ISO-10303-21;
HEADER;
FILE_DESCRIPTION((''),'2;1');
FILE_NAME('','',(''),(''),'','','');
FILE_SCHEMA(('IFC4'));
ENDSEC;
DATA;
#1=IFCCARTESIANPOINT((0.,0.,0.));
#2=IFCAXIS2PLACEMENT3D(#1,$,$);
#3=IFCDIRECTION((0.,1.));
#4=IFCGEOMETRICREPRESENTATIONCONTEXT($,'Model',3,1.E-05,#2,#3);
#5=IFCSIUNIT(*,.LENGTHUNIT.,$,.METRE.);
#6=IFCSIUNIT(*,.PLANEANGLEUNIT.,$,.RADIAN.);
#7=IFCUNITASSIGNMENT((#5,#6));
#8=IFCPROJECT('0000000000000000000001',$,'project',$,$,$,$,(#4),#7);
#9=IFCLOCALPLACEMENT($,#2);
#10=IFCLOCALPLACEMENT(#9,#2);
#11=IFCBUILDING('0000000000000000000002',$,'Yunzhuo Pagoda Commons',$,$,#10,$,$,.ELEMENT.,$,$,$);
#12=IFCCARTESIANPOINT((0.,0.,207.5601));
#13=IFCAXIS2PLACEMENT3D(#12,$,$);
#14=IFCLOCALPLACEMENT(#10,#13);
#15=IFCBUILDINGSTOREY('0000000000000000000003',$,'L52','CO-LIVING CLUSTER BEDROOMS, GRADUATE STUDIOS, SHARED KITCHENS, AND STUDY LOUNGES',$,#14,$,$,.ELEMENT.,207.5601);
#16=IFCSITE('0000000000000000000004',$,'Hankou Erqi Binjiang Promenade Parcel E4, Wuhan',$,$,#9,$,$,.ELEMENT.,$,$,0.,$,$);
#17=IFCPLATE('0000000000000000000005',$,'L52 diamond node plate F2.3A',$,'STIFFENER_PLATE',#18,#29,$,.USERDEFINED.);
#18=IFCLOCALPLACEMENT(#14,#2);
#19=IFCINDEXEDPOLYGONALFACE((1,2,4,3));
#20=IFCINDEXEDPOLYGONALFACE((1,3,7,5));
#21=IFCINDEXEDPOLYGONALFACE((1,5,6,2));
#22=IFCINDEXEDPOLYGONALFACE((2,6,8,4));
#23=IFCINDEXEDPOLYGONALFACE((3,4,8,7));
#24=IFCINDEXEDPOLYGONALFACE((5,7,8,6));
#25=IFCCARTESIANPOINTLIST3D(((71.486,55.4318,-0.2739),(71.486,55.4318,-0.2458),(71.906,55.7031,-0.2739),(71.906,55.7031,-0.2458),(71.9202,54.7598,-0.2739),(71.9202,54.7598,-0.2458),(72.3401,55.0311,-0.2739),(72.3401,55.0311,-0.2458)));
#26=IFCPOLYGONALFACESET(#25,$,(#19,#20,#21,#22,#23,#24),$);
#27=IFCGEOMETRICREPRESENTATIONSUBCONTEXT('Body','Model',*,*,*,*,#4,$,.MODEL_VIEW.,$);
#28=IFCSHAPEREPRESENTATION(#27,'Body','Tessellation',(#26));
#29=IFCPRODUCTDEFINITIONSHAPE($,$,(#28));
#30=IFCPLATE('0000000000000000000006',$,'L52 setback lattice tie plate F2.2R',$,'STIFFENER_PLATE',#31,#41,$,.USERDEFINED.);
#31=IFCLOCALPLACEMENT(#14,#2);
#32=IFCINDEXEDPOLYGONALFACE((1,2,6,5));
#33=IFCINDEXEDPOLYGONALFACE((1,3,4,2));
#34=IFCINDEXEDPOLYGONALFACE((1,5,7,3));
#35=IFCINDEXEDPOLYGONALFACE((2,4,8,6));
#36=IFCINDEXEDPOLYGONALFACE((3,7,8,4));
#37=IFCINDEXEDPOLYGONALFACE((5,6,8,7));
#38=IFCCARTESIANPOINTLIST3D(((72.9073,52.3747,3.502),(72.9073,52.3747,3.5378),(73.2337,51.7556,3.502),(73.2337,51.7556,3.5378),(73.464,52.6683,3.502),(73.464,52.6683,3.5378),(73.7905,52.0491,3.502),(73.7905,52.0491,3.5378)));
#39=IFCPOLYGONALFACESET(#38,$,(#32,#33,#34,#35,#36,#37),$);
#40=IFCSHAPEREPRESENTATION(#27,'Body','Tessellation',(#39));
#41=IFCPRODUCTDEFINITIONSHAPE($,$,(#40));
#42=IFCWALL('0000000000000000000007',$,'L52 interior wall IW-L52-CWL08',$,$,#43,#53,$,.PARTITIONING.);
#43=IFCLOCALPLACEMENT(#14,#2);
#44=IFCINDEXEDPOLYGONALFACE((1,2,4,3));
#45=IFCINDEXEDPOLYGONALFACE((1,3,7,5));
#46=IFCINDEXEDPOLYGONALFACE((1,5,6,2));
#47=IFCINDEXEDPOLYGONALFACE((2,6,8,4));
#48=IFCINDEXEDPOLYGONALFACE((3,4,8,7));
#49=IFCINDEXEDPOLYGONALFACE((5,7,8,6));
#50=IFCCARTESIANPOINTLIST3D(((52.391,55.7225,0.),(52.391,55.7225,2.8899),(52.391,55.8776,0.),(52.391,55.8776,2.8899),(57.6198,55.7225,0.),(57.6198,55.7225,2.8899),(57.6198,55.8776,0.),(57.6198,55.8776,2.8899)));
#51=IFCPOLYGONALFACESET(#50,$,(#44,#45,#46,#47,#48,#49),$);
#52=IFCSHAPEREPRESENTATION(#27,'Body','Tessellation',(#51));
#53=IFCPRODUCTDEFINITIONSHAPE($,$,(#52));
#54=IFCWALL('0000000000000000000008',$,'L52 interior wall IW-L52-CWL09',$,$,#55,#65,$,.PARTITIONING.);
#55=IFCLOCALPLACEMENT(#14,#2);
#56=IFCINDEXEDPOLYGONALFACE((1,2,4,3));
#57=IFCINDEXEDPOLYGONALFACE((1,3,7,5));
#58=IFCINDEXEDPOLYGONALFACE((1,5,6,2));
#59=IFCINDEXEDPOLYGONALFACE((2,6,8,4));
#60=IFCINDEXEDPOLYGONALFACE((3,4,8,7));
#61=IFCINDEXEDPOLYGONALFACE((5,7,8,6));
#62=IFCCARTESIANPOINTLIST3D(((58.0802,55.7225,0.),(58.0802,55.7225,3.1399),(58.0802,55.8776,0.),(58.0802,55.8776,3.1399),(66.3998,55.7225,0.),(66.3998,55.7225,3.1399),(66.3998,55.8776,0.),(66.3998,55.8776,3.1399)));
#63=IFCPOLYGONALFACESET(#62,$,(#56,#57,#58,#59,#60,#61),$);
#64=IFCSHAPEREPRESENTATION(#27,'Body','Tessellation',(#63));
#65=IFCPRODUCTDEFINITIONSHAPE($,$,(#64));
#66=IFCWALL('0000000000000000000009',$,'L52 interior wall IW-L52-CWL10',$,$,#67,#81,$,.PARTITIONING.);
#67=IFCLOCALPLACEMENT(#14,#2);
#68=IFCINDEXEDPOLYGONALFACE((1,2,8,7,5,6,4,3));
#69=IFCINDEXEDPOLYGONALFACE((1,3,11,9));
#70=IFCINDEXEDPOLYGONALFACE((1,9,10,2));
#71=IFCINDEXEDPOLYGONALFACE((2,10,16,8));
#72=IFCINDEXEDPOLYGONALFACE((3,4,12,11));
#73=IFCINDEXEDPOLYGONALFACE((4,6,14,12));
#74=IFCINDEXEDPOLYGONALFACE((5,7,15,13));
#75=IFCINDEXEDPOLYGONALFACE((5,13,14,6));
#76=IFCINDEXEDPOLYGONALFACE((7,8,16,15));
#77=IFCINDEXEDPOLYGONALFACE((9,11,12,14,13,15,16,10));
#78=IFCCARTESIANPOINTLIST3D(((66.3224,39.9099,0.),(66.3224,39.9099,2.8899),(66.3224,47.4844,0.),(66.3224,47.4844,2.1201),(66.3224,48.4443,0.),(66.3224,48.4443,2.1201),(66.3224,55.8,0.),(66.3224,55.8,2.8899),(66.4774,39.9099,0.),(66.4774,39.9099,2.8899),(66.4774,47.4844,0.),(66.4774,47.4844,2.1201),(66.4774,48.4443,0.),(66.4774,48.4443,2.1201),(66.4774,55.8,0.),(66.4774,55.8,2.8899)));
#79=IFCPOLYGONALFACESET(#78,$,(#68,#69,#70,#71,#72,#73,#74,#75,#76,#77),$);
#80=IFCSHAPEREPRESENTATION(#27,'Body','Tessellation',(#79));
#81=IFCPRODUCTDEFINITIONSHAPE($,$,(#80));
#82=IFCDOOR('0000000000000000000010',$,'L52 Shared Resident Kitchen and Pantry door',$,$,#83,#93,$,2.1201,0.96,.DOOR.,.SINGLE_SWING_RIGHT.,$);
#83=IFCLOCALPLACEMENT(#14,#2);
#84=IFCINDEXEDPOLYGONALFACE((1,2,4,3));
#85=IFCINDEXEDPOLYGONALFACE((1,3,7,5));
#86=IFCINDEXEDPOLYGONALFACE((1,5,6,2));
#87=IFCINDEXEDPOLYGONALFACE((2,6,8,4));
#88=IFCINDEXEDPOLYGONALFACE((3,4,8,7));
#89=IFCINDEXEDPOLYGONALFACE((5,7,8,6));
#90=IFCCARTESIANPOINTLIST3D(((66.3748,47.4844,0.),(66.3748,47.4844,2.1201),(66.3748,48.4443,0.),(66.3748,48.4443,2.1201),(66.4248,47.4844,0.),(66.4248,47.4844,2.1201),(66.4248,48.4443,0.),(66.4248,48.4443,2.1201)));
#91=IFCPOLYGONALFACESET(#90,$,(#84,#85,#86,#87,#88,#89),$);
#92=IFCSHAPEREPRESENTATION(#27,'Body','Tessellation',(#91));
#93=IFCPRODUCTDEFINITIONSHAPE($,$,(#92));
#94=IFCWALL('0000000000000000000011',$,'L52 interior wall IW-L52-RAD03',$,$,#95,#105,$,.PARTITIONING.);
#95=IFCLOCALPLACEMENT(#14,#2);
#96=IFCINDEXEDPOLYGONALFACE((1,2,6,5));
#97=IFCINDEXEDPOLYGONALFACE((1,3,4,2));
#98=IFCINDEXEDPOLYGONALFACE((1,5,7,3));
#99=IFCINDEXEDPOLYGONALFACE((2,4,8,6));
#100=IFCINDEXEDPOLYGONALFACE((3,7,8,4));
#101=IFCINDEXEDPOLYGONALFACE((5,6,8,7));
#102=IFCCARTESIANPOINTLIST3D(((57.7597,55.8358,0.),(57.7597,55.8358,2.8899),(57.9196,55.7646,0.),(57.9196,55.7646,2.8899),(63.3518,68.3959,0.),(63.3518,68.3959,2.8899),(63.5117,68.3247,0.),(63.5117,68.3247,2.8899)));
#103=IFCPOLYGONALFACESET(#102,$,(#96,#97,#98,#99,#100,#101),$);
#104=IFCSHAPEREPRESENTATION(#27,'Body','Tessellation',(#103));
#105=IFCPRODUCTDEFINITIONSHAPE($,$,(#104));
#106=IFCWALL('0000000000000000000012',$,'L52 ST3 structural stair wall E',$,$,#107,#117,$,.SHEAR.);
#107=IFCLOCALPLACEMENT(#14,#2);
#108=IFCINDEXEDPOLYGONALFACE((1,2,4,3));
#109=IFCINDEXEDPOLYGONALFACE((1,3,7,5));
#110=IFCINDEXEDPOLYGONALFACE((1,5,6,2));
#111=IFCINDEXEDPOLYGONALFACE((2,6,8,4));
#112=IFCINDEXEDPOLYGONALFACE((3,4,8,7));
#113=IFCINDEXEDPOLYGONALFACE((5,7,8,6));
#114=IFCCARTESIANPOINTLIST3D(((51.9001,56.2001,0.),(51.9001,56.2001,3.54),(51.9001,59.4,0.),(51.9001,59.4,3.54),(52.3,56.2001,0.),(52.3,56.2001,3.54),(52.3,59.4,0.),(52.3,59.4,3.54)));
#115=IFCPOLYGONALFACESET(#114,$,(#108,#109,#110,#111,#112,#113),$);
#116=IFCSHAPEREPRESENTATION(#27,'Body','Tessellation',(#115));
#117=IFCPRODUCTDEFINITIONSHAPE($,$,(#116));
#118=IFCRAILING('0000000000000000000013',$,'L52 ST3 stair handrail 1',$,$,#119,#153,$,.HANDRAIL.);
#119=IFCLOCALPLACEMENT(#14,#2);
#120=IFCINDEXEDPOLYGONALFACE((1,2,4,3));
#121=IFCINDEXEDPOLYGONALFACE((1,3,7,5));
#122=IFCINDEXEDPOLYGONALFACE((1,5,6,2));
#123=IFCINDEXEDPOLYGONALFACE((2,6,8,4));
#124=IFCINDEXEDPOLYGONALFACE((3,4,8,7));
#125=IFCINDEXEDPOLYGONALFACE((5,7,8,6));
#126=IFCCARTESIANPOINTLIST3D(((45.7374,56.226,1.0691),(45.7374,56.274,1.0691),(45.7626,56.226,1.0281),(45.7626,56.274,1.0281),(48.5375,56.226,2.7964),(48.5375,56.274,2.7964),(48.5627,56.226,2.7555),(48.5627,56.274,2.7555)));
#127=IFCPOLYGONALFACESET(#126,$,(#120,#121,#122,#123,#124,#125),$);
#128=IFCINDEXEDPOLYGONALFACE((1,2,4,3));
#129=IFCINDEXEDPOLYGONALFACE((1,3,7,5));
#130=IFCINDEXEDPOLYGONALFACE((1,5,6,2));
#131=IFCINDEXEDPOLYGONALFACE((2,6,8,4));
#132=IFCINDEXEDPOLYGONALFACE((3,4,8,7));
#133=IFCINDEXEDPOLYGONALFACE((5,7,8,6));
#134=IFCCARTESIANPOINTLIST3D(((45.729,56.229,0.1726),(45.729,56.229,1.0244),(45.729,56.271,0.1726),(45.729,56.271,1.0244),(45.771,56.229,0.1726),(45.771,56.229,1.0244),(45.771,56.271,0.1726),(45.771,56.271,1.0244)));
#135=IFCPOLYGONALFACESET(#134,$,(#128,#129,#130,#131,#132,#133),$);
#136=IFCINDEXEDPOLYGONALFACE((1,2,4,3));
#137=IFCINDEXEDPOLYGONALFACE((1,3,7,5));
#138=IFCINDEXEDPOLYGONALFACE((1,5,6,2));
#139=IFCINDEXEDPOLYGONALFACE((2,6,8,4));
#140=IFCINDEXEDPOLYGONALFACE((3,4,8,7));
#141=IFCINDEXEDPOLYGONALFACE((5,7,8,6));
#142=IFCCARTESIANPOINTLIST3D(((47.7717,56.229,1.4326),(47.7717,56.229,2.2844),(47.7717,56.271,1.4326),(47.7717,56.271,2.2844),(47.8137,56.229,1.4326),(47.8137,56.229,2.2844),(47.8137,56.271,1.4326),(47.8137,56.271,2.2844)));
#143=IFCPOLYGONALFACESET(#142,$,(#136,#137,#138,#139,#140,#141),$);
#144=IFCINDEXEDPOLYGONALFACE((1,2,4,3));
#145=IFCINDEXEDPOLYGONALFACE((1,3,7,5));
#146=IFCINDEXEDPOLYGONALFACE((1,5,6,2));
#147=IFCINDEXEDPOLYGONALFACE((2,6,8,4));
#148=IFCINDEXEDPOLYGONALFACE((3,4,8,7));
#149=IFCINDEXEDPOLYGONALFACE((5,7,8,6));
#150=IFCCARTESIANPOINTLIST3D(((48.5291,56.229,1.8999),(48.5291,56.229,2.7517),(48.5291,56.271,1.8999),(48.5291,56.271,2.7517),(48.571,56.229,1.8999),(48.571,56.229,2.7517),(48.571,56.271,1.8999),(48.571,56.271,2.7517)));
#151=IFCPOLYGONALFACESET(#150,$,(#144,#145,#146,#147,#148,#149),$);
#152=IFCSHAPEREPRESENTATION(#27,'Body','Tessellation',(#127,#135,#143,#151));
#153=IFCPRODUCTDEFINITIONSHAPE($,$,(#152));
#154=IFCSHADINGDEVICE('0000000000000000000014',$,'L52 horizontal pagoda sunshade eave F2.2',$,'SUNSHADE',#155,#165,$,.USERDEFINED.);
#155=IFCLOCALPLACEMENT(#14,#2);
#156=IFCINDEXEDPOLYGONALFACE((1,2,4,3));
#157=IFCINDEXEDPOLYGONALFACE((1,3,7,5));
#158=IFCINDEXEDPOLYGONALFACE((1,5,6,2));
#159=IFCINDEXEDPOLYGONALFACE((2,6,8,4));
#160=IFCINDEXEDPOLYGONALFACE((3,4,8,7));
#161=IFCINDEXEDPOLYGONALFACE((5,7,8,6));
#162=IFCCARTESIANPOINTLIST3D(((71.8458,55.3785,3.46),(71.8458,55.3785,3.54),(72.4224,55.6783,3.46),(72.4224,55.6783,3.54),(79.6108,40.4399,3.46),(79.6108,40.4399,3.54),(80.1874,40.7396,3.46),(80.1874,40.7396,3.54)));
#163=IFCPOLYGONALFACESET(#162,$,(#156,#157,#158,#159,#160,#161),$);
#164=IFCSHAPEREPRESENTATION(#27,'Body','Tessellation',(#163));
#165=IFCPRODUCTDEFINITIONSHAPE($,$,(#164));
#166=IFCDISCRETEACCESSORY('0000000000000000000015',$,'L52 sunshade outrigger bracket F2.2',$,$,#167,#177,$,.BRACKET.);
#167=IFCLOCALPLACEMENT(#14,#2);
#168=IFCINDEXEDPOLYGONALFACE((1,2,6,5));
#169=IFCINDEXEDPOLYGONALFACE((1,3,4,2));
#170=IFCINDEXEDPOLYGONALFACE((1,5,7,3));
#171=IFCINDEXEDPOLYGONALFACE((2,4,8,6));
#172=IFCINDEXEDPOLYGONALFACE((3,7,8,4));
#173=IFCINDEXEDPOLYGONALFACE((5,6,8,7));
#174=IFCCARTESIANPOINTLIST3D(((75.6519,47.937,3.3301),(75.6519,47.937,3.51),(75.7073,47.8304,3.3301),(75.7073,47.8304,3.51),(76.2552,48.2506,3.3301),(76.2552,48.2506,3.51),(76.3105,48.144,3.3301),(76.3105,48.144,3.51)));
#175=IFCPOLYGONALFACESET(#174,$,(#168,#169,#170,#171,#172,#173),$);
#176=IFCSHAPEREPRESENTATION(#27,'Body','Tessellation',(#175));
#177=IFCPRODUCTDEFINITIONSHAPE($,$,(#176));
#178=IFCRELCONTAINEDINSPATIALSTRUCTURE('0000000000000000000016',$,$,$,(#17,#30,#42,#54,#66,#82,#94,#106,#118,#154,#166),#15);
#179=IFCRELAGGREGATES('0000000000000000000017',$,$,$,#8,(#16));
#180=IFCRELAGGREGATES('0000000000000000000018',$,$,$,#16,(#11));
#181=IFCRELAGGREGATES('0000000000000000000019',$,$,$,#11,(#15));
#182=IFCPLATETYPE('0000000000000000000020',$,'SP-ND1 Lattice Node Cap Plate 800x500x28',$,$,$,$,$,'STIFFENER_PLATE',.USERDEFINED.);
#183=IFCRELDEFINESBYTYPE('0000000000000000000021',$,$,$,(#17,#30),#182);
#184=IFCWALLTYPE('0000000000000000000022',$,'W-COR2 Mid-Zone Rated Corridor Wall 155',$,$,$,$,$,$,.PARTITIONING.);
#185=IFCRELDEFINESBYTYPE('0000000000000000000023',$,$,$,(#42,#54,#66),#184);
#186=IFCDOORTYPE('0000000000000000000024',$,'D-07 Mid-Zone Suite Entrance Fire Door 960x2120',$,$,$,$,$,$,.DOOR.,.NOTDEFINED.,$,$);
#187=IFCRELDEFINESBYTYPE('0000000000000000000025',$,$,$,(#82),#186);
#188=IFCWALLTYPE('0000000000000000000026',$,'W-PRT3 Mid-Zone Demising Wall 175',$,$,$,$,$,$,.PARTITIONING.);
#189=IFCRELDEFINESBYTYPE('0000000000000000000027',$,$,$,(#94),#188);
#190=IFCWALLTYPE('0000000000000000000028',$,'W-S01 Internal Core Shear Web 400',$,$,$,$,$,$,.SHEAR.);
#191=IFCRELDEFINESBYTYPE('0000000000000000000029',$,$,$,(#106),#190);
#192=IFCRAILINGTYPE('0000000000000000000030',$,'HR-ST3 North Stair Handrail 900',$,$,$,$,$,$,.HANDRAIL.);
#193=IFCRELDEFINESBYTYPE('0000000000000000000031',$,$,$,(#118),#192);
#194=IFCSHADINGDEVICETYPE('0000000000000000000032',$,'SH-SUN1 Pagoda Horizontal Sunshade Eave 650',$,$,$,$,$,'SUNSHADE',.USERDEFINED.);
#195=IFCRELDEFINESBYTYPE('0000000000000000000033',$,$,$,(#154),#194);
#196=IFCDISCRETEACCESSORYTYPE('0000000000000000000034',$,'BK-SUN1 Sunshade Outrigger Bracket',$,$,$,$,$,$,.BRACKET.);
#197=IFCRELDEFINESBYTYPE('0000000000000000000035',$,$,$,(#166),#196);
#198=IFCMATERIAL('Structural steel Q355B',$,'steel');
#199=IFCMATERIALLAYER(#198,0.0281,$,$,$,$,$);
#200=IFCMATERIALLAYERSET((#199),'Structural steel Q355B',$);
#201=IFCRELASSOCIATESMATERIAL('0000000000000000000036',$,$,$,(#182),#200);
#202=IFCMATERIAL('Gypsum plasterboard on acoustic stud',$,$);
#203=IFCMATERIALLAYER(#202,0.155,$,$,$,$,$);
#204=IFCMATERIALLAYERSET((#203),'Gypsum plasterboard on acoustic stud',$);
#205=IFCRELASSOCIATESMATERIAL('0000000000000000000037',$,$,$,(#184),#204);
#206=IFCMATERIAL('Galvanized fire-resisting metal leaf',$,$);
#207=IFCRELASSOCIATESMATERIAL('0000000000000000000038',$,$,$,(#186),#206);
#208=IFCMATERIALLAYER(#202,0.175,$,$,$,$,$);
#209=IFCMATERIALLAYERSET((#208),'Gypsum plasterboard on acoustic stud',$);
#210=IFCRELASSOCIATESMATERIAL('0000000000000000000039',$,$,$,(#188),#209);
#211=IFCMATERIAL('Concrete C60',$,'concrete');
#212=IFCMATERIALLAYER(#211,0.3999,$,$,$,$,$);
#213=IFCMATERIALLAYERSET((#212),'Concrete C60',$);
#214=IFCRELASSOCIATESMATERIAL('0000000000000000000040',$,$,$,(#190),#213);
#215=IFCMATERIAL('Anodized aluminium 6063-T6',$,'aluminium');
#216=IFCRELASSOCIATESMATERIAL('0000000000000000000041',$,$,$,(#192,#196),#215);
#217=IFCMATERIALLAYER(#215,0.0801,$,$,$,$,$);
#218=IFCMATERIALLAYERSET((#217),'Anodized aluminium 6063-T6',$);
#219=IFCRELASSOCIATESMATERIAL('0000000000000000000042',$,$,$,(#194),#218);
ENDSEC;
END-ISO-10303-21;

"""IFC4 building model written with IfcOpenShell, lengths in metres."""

from ifc_helpers import new_model, si_unit, direction, frame, frame_2d, origin, origin_with_axes, origin_2d, place, context, subcontext, project, spatial, rectangle, extrude, source, transform, mapped, material, layer, layer_set, type_object, element, fill, save


model = new_model("IFC4")

# Units and contexts
model_context = context("Model", 3, precision=1e-05, world=origin(), true_north=direction((0.0, 1.0)))
body_context = subcontext(model_context, "Body", "Model", "MODEL_VIEW")
ifc_project = project(units=[si_unit("LENGTHUNIT", "METRE"), si_unit("PLANEANGLEUNIT", "RADIAN")], contexts=[model_context])

# Site, building, storey
site_placement = place(None, origin())
site = spatial("IfcSite", under=ifc_project, at=site_placement, Name="Hankou Erqi Binjiang Promenade Parcel E4, Wuhan", CompositionType="ELEMENT", RefElevation=0.0)
building_placement = place(site_placement, origin())
building = spatial("IfcBuilding", under=site, at=building_placement, Name="Yunzhuo Pagoda Commons", CompositionType="ELEMENT")
storey_placement = place(building_placement, frame((0.0, 0.0, 207.5601)))
storey = spatial("IfcBuildingStorey", under=building, at=storey_placement, Name="L52", Description="CO-LIVING CLUSTER BEDROOMS, GRADUATE STUDIOS, SHARED KITCHENS, AND STUDY LOUNGES", CompositionType="ELEMENT", Elevation=207.5601)

# Shared definitions
ifc_material_1 = material(Name="Structural steel Q355B", Category="steel")

# Shared definitions
ifc_material_2 = material(Name="Anodized aluminium 6063-T6", Category="aluminium")

# Plates
ifc_layer_1 = layer(ifc_material_1, 0.0281)
ifc_layer_set_1 = layer_set([ifc_layer_1], Name="Structural steel Q355B")
plate_type_1 = type_object("IfcPlateType", Name="SP-ND1 Lattice Node Cap Plate 800x500x28", ElementType="STIFFENER_PLATE", PredefinedType="USERDEFINED", material=ifc_layer_set_1)
shared_shape_1 = source(origin(), body_context, "Body", "SweptSolid", [
    extrude(rectangle(XDim=0.8, YDim=0.5, at=origin_2d()), origin(), (0.0, 0.0, 1.0), 0.0281),
])
plate_1_placement = place(storey_placement, frame((71.9131, 55.2314, -0.2739), z_axis=(0.0, 0.0, 1.0), x_axis=(-0.542647, 0.839961, 0.0)))
element("IfcPlate", 1, at=plate_1_placement, inside=storey, type_object=plate_type_1, Name="L52 diamond node plate F2.3A", ObjectType="STIFFENER_PLATE", PredefinedType="USERDEFINED", context=body_context, shape_type="MappedRepresentation", body=[
    mapped(shared_shape_1, transform((0.0, 0.0, 0.0), scale=1.0)),
])
shared_shape_2 = source(origin(), body_context, "Body", "SweptSolid", [
    extrude(rectangle(XDim=0.7, YDim=0.6294, at=origin_2d()), origin(), (0.0, 0.0, 1.0), 0.0359),
])
plate_2_placement = place(storey_placement, frame((73.3489, 52.2119, 3.502), z_axis=(0.0, 0.0, 1.0), x_axis=(-0.466371, 0.884589, 0.0)))
element("IfcPlate", 2, at=plate_2_placement, inside=storey, type_object=plate_type_1, Name="L52 setback lattice tie plate F2.2R", ObjectType="STIFFENER_PLATE", PredefinedType="USERDEFINED", context=body_context, shape_type="MappedRepresentation", body=[
    mapped(shared_shape_2, transform((0.0, 0.0, 0.0), scale=1.0)),
])

# Walls
ifc_material_3 = material(Name="Gypsum plasterboard on acoustic stud")
ifc_layer_2 = layer(ifc_material_3, 0.155)
ifc_layer_set_2 = layer_set([ifc_layer_2], Name="Gypsum plasterboard on acoustic stud")
wall_type_1 = type_object("IfcWallType", Name="W-COR2 Mid-Zone Rated Corridor Wall 155", PredefinedType="PARTITIONING", material=ifc_layer_set_2)
wall_1_placement = place(storey_placement, frame((52.3911, 55.8, 0.0), z_axis=(0.0, 0.0, 1.0), x_axis=(1.0, 0.0, 0.0)))
element("IfcWall", 3, at=wall_1_placement, inside=storey, type_object=wall_type_1, Name="L52 interior wall IW-L52-CWL08", PredefinedType="PARTITIONING", context=body_context, shape_type="SweptSolid", body=[
    extrude(rectangle(XDim=5.2288, YDim=0.155, at=frame_2d((2.6143, 0.0))), origin(), (0.0, 0.0, 1.0), 2.8899),
])
wall_2_placement = place(storey_placement, frame((58.0803, 55.8, 0.0), z_axis=(0.0, 0.0, 1.0), x_axis=(1.0, 0.0, 0.0)))
element("IfcWall", 4, at=wall_2_placement, inside=storey, type_object=wall_type_1, Name="L52 interior wall IW-L52-CWL09", PredefinedType="PARTITIONING", context=body_context, shape_type="SweptSolid", body=[
    extrude(rectangle(XDim=8.3196, YDim=0.155, at=frame_2d((4.1597, 0.0))), origin(), (0.0, 0.0, 1.0), 3.1399),
])

# Wall, opening, door
wall_3_placement = place(storey_placement, frame((66.3999, 55.8, 0.0), z_axis=(0.0, 0.0, 1.0), x_axis=(0.0, -1.0, 0.0)))
wall_3 = element("IfcWall", 5, at=wall_3_placement, inside=storey, type_object=wall_type_1, Name="L52 interior wall IW-L52-CWL10", PredefinedType="PARTITIONING", context=body_context, shape_type="SweptSolid", body=[
    extrude(rectangle(XDim=15.8901, YDim=0.155, at=frame_2d((7.9451, 0.0))), origin(), (0.0, 0.0, 1.0), 2.8899),
])
opening_placement = place(wall_3_placement, frame((7.3557, 0.0, 0.0)))
opening = element("IfcOpeningElement", 6, at=opening_placement, cuts=wall_3, PredefinedType="OPENING", context=body_context, shape_type="SweptSolid", body=[
    extrude(rectangle(XDim=0.96, YDim=2.1201, at=frame_2d((0.48, 1.0601))), frame((0.0, 0.0874, 0.0), z_axis=(0.0, -1.0, 0.0), x_axis=(1.0, 0.0, 0.0)), (0.0, 0.0, 1.0), 0.175),
])
ifc_material_4 = material(Name="Galvanized fire-resisting metal leaf")
door_type = type_object("IfcDoorType", Name="D-07 Mid-Zone Suite Entrance Fire Door 960x2120", OperationType="NOTDEFINED", PredefinedType="DOOR", material=ifc_material_4)
shared_shape_3 = source(origin(), body_context, "Body", "SweptSolid", [
    extrude(rectangle(XDim=0.96, YDim=2.1201, at=frame_2d((0.48, 1.0601))), frame((0.0, 0.0249, 0.0), z_axis=(0.0, -1.0, 0.0), x_axis=(1.0, 0.0, 0.0)), (0.0, 0.0, 1.0), 0.05),
])
door_placement = place(opening_placement, origin_with_axes())
door = element("IfcDoor", 7, at=door_placement, inside=storey, type_object=door_type, Name="L52 Shared Resident Kitchen and Pantry door", OperationType="SINGLE_SWING_RIGHT", OverallHeight=2.1201, OverallWidth=0.96, PredefinedType="DOOR", context=body_context, shape_type="MappedRepresentation", body=[
    mapped(shared_shape_3, transform((0.0, 0.0, 0.0), scale=1.0)),
])
fill(opening, door)

# Walls
ifc_layer_3 = layer(ifc_material_3, 0.175)
ifc_layer_set_3 = layer_set([ifc_layer_3], Name="Gypsum plasterboard on acoustic stud")
wall_type_2 = type_object("IfcWallType", Name="W-PRT3 Mid-Zone Demising Wall 175", PredefinedType="PARTITIONING", material=ifc_layer_set_3)
wall_4_placement = place(storey_placement, frame((57.8396, 55.8, 0.0), z_axis=(0.0, 0.0, 1.0), x_axis=(0.406733, 0.913547, 0.0)))
element("IfcWall", 8, at=wall_4_placement, inside=storey, type_object=wall_type_2, Name="L52 interior wall IW-L52-RAD03", PredefinedType="PARTITIONING", context=body_context, shape_type="SweptSolid", body=[
    extrude(rectangle(XDim=13.7488, YDim=0.175, at=frame_2d((6.8745, 0.0))), origin(), (0.0, 0.0, 1.0), 2.8899),
])
ifc_material_5 = material(Name="Concrete C60", Category="concrete")
ifc_layer_4 = layer(ifc_material_5, 0.3999)
ifc_layer_set_4 = layer_set([ifc_layer_4], Name="Concrete C60")
wall_type_3 = type_object("IfcWallType", Name="W-S01 Internal Core Shear Web 400", PredefinedType="SHEAR", material=ifc_layer_set_4)
wall_5_placement = place(storey_placement, frame((52.1001, 56.2, 0.0), z_axis=(0.0, 0.0, 1.0), x_axis=(0.0, 1.0, 0.0)))
element("IfcWall", 9, at=wall_5_placement, inside=storey, type_object=wall_type_3, Name="L52 ST3 structural stair wall E", PredefinedType="SHEAR", context=body_context, shape_type="SweptSolid", body=[
    extrude(rectangle(XDim=3.2, YDim=0.3999, at=frame_2d((1.6001, 0.0))), origin(), (0.0, 0.0, 1.0), 3.54),
])

# Railing
railing_type = type_object("IfcRailingType", Name="HR-ST3 North Stair Handrail 900", PredefinedType="HANDRAIL", material=ifc_material_2)
railing_placement = place(storey_placement, frame((45.75, 56.25, 0.1726)))
element("IfcRailing", 10, at=railing_placement, inside=storey, type_object=railing_type, Name="L52 ST3 stair handrail 1", PredefinedType="HANDRAIL", context=body_context, shape_type="SweptSolid", body=[
    extrude(rectangle(XDim=0.0481, YDim=0.0481, at=origin_2d()), frame((0.0, 0.0, 0.876), z_axis=(0.85109, 0.0, 0.52502), x_axis=(0.0, 1.0, 0.0)), (0.0, 0.0, 1.0), 3.29),
    extrude(rectangle(XDim=0.042, YDim=0.042, at=origin_2d()), origin(), (0.0, 0.0, 1.0), 0.8518),
    extrude(rectangle(XDim=0.042, YDim=0.042, at=origin_2d()), frame((2.0427, 0.0, 1.26)), (0.0, 0.0, 1.0), 0.8518),
    extrude(rectangle(XDim=0.042, YDim=0.042, at=origin_2d()), frame((2.8, 0.0, 1.7273)), (0.0, 0.0, 1.0), 0.8518),
])

# Shading device
ifc_layer_5 = layer(ifc_material_2, 0.0801)
ifc_layer_set_5 = layer_set([ifc_layer_5], Name="Anodized aluminium 6063-T6")
shading_device_type = type_object("IfcShadingDeviceType", Name="SH-SUN1 Pagoda Horizontal Sunshade Eave 650", ElementType="SUNSHADE", PredefinedType="USERDEFINED", material=ifc_layer_set_5)
shared_shape_4 = source(origin(), body_context, "Body", "SweptSolid", [
    extrude(rectangle(XDim=16.8362, YDim=0.6499, at=origin_2d()), origin(), (0.0, 0.0, 1.0), 0.0801),
])
shading_device_placement = place(storey_placement, frame((76.0166, 48.0591, 3.46), z_axis=(0.0, 0.0, 1.0), x_axis=(-0.461207, 0.887293, 0.0)))
element("IfcShadingDevice", 11, at=shading_device_placement, inside=storey, type_object=shading_device_type, Name="L52 horizontal pagoda sunshade eave F2.2", ObjectType="SUNSHADE", PredefinedType="USERDEFINED", context=body_context, shape_type="MappedRepresentation", body=[
    mapped(shared_shape_4, transform((0.0, 0.0, 0.0), scale=1.0)),
])

# Discrete accessory
discrete_accessory_type = type_object("IfcDiscreteAccessoryType", Name="BK-SUN1 Sunshade Outrigger Bracket", PredefinedType="BRACKET", material=ifc_material_2)
shared_shape_5 = source(origin(), body_context, "Body", "SweptSolid", [
    extrude(rectangle(XDim=0.1201, YDim=0.6799, at=origin_2d()), origin(), (0.0, 0.0, 1.0), 0.1799),
])
discrete_accessory_placement = place(storey_placement, frame((75.9812, 48.0405, 3.3301), z_axis=(0.0, 0.0, 1.0), x_axis=(-0.461207, 0.887293, 0.0)))
element("IfcDiscreteAccessory", 12, at=discrete_accessory_placement, inside=storey, type_object=discrete_accessory_type, Name="L52 sunshade outrigger bracket F2.2", PredefinedType="BRACKET", context=body_context, shape_type="MappedRepresentation", body=[
    mapped(shared_shape_5, transform((0.0, 0.0, 0.0), scale=1.0)),
])

save(model, "model.ifc")
